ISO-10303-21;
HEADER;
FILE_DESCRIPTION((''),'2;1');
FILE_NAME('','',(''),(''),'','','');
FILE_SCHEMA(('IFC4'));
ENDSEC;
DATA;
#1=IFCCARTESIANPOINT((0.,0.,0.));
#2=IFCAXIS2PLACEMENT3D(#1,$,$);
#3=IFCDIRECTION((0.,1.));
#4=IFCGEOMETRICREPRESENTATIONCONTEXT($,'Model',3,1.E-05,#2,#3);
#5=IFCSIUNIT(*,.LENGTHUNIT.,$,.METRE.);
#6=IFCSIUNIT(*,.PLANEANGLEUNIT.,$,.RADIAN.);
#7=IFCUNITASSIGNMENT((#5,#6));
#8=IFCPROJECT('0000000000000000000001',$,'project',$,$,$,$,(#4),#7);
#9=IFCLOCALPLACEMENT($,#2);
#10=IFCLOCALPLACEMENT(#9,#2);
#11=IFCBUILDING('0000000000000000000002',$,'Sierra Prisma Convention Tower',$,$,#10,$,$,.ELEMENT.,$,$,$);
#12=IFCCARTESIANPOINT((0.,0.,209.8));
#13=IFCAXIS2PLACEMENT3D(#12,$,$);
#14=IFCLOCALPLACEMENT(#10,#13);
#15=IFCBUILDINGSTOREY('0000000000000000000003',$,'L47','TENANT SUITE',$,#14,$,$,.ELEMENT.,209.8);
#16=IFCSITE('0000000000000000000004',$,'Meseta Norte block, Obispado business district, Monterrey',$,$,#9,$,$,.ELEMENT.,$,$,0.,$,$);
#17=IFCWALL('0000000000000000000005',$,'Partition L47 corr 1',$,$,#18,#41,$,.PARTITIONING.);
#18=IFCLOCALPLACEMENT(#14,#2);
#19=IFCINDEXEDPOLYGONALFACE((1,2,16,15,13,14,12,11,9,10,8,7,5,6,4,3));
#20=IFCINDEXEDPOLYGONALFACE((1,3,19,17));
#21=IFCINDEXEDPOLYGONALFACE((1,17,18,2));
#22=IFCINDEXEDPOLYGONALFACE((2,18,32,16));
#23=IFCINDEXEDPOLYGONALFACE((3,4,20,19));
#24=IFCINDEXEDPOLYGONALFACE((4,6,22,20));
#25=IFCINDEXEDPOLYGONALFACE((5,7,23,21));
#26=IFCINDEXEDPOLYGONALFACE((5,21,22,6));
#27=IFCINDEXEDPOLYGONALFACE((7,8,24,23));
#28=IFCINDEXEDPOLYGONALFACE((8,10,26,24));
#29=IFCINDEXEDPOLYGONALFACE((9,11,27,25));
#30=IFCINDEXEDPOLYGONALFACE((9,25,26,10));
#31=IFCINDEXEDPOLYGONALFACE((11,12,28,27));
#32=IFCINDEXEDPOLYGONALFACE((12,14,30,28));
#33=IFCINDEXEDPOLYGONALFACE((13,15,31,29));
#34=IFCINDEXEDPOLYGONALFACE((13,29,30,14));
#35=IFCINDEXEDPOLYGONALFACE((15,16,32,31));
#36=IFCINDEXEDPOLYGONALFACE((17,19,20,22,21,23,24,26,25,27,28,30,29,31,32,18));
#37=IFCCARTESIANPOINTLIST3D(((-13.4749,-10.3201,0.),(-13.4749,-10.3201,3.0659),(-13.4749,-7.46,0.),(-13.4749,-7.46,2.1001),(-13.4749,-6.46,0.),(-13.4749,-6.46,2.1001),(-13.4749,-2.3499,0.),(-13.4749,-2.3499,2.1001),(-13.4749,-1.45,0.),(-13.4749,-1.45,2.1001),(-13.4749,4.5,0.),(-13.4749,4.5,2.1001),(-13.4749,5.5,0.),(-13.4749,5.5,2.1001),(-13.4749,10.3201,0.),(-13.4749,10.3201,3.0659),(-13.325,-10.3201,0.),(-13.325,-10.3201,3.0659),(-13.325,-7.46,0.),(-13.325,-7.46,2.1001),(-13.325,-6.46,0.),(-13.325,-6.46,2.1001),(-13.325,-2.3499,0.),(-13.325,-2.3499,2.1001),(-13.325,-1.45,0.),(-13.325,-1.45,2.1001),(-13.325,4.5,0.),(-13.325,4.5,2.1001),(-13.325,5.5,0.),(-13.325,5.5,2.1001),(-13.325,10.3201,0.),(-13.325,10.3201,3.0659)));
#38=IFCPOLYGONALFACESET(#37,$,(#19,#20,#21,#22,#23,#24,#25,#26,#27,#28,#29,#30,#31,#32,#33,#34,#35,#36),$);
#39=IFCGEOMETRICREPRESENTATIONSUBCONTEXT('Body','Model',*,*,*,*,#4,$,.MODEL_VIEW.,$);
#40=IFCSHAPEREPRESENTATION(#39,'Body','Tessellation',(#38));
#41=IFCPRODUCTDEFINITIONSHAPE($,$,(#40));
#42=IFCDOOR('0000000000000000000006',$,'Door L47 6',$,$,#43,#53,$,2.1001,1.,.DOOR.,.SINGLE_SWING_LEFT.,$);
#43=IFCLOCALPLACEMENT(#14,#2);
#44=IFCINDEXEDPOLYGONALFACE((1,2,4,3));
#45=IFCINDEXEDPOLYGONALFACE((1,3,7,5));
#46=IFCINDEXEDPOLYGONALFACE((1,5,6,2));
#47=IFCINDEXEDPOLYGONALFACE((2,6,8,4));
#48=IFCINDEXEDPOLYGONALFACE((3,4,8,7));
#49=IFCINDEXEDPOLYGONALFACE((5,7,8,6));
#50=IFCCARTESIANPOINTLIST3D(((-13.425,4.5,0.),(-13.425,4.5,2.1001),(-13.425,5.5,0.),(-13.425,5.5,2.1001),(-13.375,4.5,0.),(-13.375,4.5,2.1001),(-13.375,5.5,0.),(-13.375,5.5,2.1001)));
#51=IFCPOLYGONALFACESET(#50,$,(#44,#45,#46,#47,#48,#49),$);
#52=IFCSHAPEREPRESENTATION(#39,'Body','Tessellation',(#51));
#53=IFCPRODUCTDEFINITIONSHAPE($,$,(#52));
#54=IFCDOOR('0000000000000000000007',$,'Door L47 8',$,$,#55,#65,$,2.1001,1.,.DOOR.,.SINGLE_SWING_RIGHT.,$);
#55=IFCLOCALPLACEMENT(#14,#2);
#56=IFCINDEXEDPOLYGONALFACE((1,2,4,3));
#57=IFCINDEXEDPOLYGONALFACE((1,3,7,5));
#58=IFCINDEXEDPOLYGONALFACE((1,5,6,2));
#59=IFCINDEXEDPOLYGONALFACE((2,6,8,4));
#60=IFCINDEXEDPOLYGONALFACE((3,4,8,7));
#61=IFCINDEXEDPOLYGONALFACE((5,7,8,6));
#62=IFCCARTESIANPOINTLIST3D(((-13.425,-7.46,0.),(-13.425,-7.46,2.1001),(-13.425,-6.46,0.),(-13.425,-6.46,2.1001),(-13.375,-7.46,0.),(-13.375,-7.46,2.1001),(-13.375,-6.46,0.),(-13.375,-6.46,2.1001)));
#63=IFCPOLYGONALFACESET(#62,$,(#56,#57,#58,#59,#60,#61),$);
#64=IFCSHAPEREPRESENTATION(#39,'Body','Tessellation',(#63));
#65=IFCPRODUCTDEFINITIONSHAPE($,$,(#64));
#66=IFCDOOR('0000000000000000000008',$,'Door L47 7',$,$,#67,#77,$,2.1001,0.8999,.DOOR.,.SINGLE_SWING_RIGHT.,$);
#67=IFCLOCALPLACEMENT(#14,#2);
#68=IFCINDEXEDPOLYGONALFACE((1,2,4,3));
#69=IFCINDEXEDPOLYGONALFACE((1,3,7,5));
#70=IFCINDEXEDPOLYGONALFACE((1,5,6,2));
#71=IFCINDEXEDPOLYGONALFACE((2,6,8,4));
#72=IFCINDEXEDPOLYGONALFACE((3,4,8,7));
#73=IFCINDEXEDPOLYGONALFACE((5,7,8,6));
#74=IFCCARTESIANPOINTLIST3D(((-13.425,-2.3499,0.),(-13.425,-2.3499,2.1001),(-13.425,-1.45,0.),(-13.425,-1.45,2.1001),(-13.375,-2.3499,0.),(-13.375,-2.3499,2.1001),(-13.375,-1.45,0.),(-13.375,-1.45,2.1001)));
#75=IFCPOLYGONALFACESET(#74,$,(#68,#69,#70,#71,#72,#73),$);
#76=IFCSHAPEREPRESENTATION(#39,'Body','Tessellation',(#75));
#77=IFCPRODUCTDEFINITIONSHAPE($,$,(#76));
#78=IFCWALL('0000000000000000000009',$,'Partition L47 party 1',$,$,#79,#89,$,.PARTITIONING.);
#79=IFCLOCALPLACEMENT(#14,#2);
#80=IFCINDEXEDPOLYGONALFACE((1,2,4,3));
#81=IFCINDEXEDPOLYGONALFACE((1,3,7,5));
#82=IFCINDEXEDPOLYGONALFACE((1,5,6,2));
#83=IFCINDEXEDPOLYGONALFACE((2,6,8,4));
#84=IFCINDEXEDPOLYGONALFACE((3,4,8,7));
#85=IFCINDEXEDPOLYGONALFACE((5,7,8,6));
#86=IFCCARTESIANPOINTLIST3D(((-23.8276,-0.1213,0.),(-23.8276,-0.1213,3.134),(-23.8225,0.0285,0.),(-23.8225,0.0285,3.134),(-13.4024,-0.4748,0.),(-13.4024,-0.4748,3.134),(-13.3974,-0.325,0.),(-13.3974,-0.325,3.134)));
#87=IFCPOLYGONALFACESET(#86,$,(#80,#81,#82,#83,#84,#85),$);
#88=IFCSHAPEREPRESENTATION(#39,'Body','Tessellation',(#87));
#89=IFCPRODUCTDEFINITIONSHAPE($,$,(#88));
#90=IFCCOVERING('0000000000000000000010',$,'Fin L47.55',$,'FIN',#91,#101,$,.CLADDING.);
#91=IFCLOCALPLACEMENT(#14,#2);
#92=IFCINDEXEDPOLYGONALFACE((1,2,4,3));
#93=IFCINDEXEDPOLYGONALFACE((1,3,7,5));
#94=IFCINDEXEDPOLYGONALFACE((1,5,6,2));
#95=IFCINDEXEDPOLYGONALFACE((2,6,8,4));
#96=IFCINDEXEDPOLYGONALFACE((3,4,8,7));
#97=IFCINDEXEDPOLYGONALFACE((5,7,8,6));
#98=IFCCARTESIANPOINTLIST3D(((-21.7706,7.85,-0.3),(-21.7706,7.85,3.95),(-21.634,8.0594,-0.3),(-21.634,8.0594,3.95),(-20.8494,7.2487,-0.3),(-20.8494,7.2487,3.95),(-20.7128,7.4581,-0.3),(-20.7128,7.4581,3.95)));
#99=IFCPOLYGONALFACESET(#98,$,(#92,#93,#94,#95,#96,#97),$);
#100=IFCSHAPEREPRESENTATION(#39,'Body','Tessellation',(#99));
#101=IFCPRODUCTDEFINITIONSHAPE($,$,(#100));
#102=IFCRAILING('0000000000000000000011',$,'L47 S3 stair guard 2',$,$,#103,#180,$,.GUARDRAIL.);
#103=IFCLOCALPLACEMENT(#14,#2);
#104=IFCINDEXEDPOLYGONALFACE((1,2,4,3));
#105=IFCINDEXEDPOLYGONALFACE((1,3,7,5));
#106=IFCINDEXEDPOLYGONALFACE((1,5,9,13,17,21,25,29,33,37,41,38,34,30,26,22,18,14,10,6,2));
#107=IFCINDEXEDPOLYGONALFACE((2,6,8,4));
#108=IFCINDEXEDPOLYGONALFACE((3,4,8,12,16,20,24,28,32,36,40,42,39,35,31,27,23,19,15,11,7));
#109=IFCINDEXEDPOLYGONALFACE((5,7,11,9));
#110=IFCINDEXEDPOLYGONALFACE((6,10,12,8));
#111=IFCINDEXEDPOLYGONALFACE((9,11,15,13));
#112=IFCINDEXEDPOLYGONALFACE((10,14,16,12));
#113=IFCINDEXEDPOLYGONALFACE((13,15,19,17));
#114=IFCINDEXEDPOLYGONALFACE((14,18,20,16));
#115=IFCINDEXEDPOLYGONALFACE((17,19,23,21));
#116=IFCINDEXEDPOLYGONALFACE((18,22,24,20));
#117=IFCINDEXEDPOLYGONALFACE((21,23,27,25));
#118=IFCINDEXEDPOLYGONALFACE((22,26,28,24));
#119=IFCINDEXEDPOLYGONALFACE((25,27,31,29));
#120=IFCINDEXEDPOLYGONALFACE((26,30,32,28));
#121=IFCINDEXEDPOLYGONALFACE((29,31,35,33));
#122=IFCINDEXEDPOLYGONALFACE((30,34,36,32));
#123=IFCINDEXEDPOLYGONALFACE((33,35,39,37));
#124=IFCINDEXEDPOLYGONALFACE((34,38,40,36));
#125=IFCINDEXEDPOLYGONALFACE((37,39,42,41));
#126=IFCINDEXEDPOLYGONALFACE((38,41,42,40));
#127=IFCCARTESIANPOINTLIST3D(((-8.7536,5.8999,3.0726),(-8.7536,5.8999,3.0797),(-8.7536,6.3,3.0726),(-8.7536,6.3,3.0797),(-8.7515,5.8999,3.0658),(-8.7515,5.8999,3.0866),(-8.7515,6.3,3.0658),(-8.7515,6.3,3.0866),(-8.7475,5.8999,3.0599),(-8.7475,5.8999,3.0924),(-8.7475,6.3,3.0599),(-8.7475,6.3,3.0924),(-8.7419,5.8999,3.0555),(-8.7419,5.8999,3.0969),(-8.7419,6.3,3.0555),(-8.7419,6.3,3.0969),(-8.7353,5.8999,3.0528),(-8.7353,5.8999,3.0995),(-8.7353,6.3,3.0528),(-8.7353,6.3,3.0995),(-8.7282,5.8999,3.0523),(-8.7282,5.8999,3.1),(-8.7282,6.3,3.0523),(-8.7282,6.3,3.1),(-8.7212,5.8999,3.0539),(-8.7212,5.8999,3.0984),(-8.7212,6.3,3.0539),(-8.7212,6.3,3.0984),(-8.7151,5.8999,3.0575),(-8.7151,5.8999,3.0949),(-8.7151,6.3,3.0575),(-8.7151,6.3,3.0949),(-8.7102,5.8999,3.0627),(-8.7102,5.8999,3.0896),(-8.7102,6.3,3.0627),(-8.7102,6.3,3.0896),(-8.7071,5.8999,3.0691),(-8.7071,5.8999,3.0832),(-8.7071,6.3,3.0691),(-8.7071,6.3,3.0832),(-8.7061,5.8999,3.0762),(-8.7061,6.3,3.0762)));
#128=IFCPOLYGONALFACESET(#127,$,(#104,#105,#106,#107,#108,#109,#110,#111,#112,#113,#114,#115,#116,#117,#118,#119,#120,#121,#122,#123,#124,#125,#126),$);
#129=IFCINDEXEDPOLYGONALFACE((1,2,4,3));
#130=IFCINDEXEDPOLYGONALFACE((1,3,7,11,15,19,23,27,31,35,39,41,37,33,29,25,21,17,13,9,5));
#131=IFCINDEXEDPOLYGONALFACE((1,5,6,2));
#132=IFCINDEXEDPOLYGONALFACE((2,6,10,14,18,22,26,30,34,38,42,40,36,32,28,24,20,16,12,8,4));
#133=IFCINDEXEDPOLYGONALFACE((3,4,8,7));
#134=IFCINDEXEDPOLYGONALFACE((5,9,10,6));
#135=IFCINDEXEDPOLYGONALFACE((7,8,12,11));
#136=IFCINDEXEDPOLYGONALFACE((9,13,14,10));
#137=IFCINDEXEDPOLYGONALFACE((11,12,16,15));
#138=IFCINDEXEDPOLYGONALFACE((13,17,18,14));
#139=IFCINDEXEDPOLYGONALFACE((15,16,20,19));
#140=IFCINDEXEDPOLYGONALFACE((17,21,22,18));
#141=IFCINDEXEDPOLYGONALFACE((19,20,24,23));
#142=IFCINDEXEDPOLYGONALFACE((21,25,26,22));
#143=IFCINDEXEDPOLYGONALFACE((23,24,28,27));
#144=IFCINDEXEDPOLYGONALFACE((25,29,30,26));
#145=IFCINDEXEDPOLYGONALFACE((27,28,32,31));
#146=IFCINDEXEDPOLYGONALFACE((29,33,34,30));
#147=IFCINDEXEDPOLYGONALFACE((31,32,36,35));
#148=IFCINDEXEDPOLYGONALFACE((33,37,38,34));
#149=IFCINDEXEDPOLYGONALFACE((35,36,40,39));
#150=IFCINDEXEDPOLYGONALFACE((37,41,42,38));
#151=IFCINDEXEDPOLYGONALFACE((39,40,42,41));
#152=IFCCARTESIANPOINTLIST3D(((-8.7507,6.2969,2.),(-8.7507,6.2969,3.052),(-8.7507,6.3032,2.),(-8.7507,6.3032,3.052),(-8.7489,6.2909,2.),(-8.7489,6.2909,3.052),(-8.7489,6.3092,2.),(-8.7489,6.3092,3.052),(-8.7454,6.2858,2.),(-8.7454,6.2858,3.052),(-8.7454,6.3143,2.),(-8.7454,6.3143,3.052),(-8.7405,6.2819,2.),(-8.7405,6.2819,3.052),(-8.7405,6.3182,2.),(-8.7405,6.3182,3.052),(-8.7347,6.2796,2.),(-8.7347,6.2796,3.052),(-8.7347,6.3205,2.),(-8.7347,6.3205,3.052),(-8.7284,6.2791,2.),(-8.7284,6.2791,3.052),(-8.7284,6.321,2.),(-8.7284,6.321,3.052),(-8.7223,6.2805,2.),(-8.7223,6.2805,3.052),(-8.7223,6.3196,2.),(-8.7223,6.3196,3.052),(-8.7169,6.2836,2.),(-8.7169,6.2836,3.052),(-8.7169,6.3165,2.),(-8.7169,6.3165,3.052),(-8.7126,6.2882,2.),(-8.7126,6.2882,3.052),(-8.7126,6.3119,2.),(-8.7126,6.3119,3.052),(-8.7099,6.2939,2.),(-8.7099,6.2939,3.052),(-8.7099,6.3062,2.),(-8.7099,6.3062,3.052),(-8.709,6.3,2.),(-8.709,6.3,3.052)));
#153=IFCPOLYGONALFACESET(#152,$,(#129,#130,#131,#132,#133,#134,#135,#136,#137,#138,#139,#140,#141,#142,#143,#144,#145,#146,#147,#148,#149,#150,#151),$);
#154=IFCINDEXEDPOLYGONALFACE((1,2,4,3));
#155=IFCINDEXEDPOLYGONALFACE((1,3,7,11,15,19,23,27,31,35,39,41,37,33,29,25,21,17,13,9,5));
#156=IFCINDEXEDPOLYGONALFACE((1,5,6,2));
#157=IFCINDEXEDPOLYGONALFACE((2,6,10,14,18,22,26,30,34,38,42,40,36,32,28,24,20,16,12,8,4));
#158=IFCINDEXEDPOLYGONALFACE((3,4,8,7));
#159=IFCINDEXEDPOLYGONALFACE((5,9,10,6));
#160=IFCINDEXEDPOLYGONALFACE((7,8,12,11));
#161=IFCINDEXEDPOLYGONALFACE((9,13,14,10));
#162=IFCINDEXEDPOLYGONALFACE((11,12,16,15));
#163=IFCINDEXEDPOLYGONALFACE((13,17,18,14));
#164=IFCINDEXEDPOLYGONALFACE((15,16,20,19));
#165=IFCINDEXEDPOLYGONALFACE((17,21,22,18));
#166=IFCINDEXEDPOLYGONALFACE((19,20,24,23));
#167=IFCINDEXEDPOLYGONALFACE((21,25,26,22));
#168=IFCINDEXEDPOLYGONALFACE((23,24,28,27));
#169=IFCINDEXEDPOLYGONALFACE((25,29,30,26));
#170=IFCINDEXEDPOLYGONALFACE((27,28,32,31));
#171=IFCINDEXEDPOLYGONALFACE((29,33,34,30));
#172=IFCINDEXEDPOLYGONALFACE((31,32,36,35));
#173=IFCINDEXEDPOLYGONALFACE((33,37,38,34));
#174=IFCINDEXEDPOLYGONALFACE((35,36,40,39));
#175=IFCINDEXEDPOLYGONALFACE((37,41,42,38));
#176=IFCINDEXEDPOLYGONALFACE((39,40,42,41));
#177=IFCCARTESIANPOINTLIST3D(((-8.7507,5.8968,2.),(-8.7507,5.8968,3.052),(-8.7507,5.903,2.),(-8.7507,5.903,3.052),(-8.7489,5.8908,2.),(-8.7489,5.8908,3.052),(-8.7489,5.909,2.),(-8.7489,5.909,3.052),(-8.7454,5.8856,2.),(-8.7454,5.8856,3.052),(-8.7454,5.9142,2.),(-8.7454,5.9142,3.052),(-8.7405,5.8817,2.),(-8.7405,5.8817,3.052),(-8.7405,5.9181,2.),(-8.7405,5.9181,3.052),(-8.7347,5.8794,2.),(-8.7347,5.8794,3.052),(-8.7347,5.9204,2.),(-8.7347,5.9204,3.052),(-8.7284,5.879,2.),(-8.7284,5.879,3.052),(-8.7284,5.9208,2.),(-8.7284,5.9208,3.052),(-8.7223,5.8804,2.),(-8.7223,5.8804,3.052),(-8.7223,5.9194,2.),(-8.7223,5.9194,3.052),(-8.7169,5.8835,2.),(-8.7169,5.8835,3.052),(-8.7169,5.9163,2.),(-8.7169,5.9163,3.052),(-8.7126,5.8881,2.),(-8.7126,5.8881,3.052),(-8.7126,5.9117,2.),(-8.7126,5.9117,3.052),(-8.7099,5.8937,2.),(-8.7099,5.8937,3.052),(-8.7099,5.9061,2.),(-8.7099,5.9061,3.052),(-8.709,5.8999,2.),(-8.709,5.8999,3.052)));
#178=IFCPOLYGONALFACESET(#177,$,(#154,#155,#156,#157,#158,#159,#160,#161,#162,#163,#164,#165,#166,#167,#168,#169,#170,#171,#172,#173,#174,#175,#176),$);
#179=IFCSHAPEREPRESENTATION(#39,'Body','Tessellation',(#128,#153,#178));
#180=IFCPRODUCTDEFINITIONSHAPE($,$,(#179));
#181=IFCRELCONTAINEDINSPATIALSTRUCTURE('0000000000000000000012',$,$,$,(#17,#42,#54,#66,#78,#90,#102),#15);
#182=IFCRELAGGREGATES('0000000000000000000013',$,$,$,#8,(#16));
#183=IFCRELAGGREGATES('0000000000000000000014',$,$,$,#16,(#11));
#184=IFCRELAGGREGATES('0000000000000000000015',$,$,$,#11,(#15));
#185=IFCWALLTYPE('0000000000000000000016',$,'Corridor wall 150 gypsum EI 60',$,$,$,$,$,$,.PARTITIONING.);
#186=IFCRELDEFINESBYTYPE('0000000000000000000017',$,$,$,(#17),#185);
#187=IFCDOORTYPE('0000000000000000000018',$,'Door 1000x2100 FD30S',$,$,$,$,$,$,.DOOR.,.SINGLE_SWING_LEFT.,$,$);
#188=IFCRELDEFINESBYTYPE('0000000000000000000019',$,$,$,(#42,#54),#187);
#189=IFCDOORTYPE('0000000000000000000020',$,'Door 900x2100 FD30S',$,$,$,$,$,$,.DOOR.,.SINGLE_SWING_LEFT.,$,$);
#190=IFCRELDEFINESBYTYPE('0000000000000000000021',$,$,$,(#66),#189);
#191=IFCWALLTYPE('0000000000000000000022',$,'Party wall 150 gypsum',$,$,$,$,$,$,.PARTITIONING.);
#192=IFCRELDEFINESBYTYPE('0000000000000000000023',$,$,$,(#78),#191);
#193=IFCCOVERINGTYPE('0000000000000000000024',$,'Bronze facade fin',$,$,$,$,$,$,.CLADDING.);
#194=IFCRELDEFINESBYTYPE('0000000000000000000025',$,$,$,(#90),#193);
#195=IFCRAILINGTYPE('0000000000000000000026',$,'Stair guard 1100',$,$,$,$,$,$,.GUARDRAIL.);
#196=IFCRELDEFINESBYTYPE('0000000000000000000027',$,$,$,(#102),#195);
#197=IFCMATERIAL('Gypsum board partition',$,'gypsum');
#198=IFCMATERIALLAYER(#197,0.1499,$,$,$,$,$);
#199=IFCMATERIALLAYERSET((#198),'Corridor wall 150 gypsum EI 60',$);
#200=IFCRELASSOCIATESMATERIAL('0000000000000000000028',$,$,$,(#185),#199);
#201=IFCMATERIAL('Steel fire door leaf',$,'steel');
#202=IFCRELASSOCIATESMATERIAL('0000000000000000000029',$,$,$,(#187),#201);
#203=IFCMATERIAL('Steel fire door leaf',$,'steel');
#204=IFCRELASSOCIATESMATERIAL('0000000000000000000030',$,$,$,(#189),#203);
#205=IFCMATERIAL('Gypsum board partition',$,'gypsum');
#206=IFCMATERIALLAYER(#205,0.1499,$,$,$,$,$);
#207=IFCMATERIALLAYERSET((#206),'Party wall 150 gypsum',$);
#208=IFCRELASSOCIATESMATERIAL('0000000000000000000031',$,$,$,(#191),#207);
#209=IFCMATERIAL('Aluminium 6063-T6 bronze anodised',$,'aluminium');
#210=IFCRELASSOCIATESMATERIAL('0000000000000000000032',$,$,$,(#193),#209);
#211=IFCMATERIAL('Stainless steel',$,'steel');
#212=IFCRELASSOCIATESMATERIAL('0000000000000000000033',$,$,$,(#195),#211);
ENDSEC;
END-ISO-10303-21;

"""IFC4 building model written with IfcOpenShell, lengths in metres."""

from ifc_helpers import new_model, si_unit, direction, frame, frame_2d, origin, origin_2d, place, context, subcontext, project, spatial, rectangle, circle, extrude, material, layer, layer_set, material_profile, profile_set, type_object, element, fill, save


model = new_model("IFC4")

# Units and contexts
model_context = context("Model", 3, precision=1e-05, world=origin(), true_north=direction((0.0, 1.0)))
body_context = subcontext(model_context, "Body", "Model", "MODEL_VIEW")
ifc_project = project(units=[si_unit("LENGTHUNIT", "METRE"), si_unit("PLANEANGLEUNIT", "RADIAN")], contexts=[model_context])

# Site, building, storey
site_placement = place(None, origin())
site = spatial("IfcSite", under=ifc_project, at=site_placement, Name="Meseta Norte block, Obispado business district, Monterrey", CompositionType="ELEMENT", RefElevation=0.0)
building_placement = place(site_placement, origin())
building = spatial("IfcBuilding", under=site, at=building_placement, Name="Sierra Prisma Convention Tower", CompositionType="ELEMENT")
storey_placement = place(building_placement, frame((0.0, 0.0, 209.8)))
storey = spatial("IfcBuildingStorey", under=building, at=storey_placement, Name="L47", Description="TENANT SUITE", CompositionType="ELEMENT", Elevation=209.8)

# Wall, openings, doors
ifc_material_1 = material(Name="Gypsum board partition", Category="gypsum")
ifc_layer_1 = layer(ifc_material_1, 0.1499)
ifc_layer_set_1 = layer_set([ifc_layer_1], Name="Corridor wall 150 gypsum EI 60")
wall_type_1 = type_object("IfcWallType", Name="Corridor wall 150 gypsum EI 60", PredefinedType="PARTITIONING", material=ifc_layer_set_1)
wall_1_placement = place(storey_placement, frame((-13.3999, 10.3201, 0.0), z_axis=(0.0, 0.0, 1.0), x_axis=(0.0, -1.0, 0.0)))
wall_1 = element("IfcWall", 1, at=wall_1_placement, inside=storey, type_object=wall_type_1, Name="Partition L47 corr 1", PredefinedType="PARTITIONING", context=body_context, shape_type="SweptSolid", body=[
    extrude(rectangle(XDim=20.6401, YDim=0.1499, at=frame_2d((10.3201, 0.0))), origin(), (0.0, 0.0, 1.0), 3.0659),
])
opening_1_placement = place(wall_1_placement, frame((4.8201, 0.0, 0.0)))
opening_1 = element("IfcOpeningElement", 2, at=opening_1_placement, cuts=wall_1, PredefinedType="OPENING", context=body_context, shape_type="SweptSolid", body=[
    extrude(rectangle(XDim=1.0, YDim=2.1001, at=frame_2d((0.5, 1.05))), frame((0.0, 0.075, 0.0), z_axis=(0.0, -1.0, 0.0), x_axis=(1.0, 0.0, 0.0)), (0.0, 0.0, 1.0), 0.1499),
])
opening_2_placement = place(wall_1_placement, frame((11.77, 0.0, 0.0)))
opening_2 = element("IfcOpeningElement", 3, at=opening_2_placement, cuts=wall_1, PredefinedType="OPENING", context=body_context, shape_type="SweptSolid", body=[
    extrude(rectangle(XDim=0.8999, YDim=2.1001, at=frame_2d((0.45, 1.05))), frame((0.0, 0.075, 0.0), z_axis=(0.0, -1.0, 0.0), x_axis=(1.0, 0.0, 0.0)), (0.0, 0.0, 1.0), 0.1499),
])
opening_3_placement = place(wall_1_placement, frame((16.78, 0.0, 0.0)))
opening_3 = element("IfcOpeningElement", 4, at=opening_3_placement, cuts=wall_1, PredefinedType="OPENING", context=body_context, shape_type="SweptSolid", body=[
    extrude(rectangle(XDim=1.0, YDim=2.1001, at=frame_2d((0.5, 1.05))), frame((0.0, 0.075, 0.0), z_axis=(0.0, -1.0, 0.0), x_axis=(1.0, 0.0, 0.0)), (0.0, 0.0, 1.0), 0.1499),
])
ifc_material_2 = material(Name="Steel fire door leaf", Category="steel")
door_type_1 = type_object("IfcDoorType", Name="Door 1000x2100 FD30S", OperationType="SINGLE_SWING_LEFT", PredefinedType="DOOR", material=ifc_material_2)
door_1_placement = place(opening_1_placement, origin())
door_1 = element("IfcDoor", 5, at=door_1_placement, inside=storey, type_object=door_type_1, Name="Door L47 6", OperationType="SINGLE_SWING_LEFT", OverallHeight=2.1001, OverallWidth=1.0, PredefinedType="DOOR", context=body_context, shape_type="SweptSolid", body=[
    extrude(rectangle(XDim=1.0, YDim=2.1001, at=frame_2d((0.5, 1.05))), frame((0.0, 0.0249, 0.0), z_axis=(0.0, -1.0, 0.0), x_axis=(1.0, 0.0, 0.0)), (0.0, 0.0, 1.0), 0.05),
])
fill(opening_1, door_1)
door_2_placement = place(opening_3_placement, origin())
door_2 = element("IfcDoor", 6, at=door_2_placement, inside=storey, type_object=door_type_1, Name="Door L47 8", OperationType="SINGLE_SWING_RIGHT", OverallHeight=2.1001, OverallWidth=1.0, PredefinedType="DOOR", context=body_context, shape_type="SweptSolid", body=[
    extrude(rectangle(XDim=1.0, YDim=2.1001, at=frame_2d((0.5, 1.05))), frame((0.0, 0.0249, 0.0), z_axis=(0.0, -1.0, 0.0), x_axis=(1.0, 0.0, 0.0)), (0.0, 0.0, 1.0), 0.05),
])
fill(opening_3, door_2)
ifc_material_3 = material(Name="Steel fire door leaf", Category="steel")
door_type_2 = type_object("IfcDoorType", Name="Door 900x2100 FD30S", OperationType="SINGLE_SWING_LEFT", PredefinedType="DOOR", material=ifc_material_3)
door_3_placement = place(opening_2_placement, origin())
door_3 = element("IfcDoor", 7, at=door_3_placement, inside=storey, type_object=door_type_2, Name="Door L47 7", OperationType="SINGLE_SWING_RIGHT", OverallHeight=2.1001, OverallWidth=0.8999, PredefinedType="DOOR", context=body_context, shape_type="SweptSolid", body=[
    extrude(rectangle(XDim=0.8999, YDim=2.1001, at=frame_2d((0.45, 1.05))), frame((0.0, 0.0249, 0.0), z_axis=(0.0, -1.0, 0.0), x_axis=(1.0, 0.0, 0.0)), (0.0, 0.0, 1.0), 0.05),
])
fill(opening_2, door_3)

# Wall
ifc_material_4 = material(Name="Gypsum board partition", Category="gypsum")
ifc_layer_2 = layer(ifc_material_4, 0.1499)
ifc_layer_set_2 = layer_set([ifc_layer_2], Name="Party wall 150 gypsum")
wall_type_2 = type_object("IfcWallType", Name="Party wall 150 gypsum", PredefinedType="PARTITIONING", material=ifc_layer_set_2)
wall_2_placement = place(storey_placement, frame((-13.3999, -0.3999, 0.0), z_axis=(0.0, 0.0, 1.0), x_axis=(-0.999426, 0.033891, 0.0)))
element("IfcWall", 8, at=wall_2_placement, inside=storey, type_object=wall_type_2, Name="Partition L47 party 1", PredefinedType="PARTITIONING", context=body_context, shape_type="SweptSolid", body=[
    extrude(rectangle(XDim=10.4312, YDim=0.1499, at=frame_2d((5.2156, 0.0))), origin(), (0.0, 0.0, 1.0), 3.134),
])

# Covering
ifc_material_5 = material(Name="Aluminium 6063-T6 bronze anodised", Category="aluminium")
ifc_material_profile_1 = material_profile(ifc_material_5, rectangle(XDim=1.1001, YDim=0.25, at=origin_2d()), Name="ALU FIN 1100x250")
ifc_profile_set_1 = profile_set([ifc_material_profile_1], Name="Aluminium 6063-T6 bronze anodised")
covering_type = type_object("IfcCoveringType", Name="Bronze facade fin", PredefinedType="CLADDING", material=ifc_profile_set_1)
covering_placement = place(storey_placement, frame((-21.2417, 7.6541, -0.3), z_axis=(0.0, 0.0, 1.0), x_axis=(-0.83742, 0.546559, 0.0)))
element("IfcCovering", 9, at=covering_placement, inside=storey, type_object=covering_type, Name="Fin L47.55", ObjectType="FIN", PredefinedType="CLADDING", context=body_context, shape_type="SweptSolid", body=[
    extrude(rectangle(XDim=1.1001, YDim=0.25, at=origin_2d()), origin(), (0.0, 0.0, 1.0), 4.25),
])

# Railing
ifc_material_6 = material(Name="Stainless steel", Category="steel")
railing_type = type_object("IfcRailingType", Name="Stair guard 1100", PredefinedType="GUARDRAIL", material=ifc_material_6)
railing_placement = place(storey_placement, frame((-8.73, 6.3, 2.0)))
element("IfcRailing", 10, at=railing_placement, inside=storey, type_object=railing_type, Name="L47 S3 stair guard 2", PredefinedType="GUARDRAIL", context=body_context, shape_type="SweptSolid", body=[
    extrude(circle(Radius=0.0239, at=origin_2d()), frame((0.0, 0.0, 1.0762), z_axis=(0.0, -1.0, 0.0), x_axis=(1.0, 0.0, 0.0)), (0.0, 0.0, 1.0), 0.4001),
    extrude(circle(Radius=0.021, at=origin_2d()), origin(), (0.0, 0.0, 1.0), 1.052),
    extrude(circle(Radius=0.021, at=origin_2d()), frame((0.0, -0.4001, 0.0)), (0.0, 0.0, 1.0), 1.052),
])

save(model, "model.ifc")
